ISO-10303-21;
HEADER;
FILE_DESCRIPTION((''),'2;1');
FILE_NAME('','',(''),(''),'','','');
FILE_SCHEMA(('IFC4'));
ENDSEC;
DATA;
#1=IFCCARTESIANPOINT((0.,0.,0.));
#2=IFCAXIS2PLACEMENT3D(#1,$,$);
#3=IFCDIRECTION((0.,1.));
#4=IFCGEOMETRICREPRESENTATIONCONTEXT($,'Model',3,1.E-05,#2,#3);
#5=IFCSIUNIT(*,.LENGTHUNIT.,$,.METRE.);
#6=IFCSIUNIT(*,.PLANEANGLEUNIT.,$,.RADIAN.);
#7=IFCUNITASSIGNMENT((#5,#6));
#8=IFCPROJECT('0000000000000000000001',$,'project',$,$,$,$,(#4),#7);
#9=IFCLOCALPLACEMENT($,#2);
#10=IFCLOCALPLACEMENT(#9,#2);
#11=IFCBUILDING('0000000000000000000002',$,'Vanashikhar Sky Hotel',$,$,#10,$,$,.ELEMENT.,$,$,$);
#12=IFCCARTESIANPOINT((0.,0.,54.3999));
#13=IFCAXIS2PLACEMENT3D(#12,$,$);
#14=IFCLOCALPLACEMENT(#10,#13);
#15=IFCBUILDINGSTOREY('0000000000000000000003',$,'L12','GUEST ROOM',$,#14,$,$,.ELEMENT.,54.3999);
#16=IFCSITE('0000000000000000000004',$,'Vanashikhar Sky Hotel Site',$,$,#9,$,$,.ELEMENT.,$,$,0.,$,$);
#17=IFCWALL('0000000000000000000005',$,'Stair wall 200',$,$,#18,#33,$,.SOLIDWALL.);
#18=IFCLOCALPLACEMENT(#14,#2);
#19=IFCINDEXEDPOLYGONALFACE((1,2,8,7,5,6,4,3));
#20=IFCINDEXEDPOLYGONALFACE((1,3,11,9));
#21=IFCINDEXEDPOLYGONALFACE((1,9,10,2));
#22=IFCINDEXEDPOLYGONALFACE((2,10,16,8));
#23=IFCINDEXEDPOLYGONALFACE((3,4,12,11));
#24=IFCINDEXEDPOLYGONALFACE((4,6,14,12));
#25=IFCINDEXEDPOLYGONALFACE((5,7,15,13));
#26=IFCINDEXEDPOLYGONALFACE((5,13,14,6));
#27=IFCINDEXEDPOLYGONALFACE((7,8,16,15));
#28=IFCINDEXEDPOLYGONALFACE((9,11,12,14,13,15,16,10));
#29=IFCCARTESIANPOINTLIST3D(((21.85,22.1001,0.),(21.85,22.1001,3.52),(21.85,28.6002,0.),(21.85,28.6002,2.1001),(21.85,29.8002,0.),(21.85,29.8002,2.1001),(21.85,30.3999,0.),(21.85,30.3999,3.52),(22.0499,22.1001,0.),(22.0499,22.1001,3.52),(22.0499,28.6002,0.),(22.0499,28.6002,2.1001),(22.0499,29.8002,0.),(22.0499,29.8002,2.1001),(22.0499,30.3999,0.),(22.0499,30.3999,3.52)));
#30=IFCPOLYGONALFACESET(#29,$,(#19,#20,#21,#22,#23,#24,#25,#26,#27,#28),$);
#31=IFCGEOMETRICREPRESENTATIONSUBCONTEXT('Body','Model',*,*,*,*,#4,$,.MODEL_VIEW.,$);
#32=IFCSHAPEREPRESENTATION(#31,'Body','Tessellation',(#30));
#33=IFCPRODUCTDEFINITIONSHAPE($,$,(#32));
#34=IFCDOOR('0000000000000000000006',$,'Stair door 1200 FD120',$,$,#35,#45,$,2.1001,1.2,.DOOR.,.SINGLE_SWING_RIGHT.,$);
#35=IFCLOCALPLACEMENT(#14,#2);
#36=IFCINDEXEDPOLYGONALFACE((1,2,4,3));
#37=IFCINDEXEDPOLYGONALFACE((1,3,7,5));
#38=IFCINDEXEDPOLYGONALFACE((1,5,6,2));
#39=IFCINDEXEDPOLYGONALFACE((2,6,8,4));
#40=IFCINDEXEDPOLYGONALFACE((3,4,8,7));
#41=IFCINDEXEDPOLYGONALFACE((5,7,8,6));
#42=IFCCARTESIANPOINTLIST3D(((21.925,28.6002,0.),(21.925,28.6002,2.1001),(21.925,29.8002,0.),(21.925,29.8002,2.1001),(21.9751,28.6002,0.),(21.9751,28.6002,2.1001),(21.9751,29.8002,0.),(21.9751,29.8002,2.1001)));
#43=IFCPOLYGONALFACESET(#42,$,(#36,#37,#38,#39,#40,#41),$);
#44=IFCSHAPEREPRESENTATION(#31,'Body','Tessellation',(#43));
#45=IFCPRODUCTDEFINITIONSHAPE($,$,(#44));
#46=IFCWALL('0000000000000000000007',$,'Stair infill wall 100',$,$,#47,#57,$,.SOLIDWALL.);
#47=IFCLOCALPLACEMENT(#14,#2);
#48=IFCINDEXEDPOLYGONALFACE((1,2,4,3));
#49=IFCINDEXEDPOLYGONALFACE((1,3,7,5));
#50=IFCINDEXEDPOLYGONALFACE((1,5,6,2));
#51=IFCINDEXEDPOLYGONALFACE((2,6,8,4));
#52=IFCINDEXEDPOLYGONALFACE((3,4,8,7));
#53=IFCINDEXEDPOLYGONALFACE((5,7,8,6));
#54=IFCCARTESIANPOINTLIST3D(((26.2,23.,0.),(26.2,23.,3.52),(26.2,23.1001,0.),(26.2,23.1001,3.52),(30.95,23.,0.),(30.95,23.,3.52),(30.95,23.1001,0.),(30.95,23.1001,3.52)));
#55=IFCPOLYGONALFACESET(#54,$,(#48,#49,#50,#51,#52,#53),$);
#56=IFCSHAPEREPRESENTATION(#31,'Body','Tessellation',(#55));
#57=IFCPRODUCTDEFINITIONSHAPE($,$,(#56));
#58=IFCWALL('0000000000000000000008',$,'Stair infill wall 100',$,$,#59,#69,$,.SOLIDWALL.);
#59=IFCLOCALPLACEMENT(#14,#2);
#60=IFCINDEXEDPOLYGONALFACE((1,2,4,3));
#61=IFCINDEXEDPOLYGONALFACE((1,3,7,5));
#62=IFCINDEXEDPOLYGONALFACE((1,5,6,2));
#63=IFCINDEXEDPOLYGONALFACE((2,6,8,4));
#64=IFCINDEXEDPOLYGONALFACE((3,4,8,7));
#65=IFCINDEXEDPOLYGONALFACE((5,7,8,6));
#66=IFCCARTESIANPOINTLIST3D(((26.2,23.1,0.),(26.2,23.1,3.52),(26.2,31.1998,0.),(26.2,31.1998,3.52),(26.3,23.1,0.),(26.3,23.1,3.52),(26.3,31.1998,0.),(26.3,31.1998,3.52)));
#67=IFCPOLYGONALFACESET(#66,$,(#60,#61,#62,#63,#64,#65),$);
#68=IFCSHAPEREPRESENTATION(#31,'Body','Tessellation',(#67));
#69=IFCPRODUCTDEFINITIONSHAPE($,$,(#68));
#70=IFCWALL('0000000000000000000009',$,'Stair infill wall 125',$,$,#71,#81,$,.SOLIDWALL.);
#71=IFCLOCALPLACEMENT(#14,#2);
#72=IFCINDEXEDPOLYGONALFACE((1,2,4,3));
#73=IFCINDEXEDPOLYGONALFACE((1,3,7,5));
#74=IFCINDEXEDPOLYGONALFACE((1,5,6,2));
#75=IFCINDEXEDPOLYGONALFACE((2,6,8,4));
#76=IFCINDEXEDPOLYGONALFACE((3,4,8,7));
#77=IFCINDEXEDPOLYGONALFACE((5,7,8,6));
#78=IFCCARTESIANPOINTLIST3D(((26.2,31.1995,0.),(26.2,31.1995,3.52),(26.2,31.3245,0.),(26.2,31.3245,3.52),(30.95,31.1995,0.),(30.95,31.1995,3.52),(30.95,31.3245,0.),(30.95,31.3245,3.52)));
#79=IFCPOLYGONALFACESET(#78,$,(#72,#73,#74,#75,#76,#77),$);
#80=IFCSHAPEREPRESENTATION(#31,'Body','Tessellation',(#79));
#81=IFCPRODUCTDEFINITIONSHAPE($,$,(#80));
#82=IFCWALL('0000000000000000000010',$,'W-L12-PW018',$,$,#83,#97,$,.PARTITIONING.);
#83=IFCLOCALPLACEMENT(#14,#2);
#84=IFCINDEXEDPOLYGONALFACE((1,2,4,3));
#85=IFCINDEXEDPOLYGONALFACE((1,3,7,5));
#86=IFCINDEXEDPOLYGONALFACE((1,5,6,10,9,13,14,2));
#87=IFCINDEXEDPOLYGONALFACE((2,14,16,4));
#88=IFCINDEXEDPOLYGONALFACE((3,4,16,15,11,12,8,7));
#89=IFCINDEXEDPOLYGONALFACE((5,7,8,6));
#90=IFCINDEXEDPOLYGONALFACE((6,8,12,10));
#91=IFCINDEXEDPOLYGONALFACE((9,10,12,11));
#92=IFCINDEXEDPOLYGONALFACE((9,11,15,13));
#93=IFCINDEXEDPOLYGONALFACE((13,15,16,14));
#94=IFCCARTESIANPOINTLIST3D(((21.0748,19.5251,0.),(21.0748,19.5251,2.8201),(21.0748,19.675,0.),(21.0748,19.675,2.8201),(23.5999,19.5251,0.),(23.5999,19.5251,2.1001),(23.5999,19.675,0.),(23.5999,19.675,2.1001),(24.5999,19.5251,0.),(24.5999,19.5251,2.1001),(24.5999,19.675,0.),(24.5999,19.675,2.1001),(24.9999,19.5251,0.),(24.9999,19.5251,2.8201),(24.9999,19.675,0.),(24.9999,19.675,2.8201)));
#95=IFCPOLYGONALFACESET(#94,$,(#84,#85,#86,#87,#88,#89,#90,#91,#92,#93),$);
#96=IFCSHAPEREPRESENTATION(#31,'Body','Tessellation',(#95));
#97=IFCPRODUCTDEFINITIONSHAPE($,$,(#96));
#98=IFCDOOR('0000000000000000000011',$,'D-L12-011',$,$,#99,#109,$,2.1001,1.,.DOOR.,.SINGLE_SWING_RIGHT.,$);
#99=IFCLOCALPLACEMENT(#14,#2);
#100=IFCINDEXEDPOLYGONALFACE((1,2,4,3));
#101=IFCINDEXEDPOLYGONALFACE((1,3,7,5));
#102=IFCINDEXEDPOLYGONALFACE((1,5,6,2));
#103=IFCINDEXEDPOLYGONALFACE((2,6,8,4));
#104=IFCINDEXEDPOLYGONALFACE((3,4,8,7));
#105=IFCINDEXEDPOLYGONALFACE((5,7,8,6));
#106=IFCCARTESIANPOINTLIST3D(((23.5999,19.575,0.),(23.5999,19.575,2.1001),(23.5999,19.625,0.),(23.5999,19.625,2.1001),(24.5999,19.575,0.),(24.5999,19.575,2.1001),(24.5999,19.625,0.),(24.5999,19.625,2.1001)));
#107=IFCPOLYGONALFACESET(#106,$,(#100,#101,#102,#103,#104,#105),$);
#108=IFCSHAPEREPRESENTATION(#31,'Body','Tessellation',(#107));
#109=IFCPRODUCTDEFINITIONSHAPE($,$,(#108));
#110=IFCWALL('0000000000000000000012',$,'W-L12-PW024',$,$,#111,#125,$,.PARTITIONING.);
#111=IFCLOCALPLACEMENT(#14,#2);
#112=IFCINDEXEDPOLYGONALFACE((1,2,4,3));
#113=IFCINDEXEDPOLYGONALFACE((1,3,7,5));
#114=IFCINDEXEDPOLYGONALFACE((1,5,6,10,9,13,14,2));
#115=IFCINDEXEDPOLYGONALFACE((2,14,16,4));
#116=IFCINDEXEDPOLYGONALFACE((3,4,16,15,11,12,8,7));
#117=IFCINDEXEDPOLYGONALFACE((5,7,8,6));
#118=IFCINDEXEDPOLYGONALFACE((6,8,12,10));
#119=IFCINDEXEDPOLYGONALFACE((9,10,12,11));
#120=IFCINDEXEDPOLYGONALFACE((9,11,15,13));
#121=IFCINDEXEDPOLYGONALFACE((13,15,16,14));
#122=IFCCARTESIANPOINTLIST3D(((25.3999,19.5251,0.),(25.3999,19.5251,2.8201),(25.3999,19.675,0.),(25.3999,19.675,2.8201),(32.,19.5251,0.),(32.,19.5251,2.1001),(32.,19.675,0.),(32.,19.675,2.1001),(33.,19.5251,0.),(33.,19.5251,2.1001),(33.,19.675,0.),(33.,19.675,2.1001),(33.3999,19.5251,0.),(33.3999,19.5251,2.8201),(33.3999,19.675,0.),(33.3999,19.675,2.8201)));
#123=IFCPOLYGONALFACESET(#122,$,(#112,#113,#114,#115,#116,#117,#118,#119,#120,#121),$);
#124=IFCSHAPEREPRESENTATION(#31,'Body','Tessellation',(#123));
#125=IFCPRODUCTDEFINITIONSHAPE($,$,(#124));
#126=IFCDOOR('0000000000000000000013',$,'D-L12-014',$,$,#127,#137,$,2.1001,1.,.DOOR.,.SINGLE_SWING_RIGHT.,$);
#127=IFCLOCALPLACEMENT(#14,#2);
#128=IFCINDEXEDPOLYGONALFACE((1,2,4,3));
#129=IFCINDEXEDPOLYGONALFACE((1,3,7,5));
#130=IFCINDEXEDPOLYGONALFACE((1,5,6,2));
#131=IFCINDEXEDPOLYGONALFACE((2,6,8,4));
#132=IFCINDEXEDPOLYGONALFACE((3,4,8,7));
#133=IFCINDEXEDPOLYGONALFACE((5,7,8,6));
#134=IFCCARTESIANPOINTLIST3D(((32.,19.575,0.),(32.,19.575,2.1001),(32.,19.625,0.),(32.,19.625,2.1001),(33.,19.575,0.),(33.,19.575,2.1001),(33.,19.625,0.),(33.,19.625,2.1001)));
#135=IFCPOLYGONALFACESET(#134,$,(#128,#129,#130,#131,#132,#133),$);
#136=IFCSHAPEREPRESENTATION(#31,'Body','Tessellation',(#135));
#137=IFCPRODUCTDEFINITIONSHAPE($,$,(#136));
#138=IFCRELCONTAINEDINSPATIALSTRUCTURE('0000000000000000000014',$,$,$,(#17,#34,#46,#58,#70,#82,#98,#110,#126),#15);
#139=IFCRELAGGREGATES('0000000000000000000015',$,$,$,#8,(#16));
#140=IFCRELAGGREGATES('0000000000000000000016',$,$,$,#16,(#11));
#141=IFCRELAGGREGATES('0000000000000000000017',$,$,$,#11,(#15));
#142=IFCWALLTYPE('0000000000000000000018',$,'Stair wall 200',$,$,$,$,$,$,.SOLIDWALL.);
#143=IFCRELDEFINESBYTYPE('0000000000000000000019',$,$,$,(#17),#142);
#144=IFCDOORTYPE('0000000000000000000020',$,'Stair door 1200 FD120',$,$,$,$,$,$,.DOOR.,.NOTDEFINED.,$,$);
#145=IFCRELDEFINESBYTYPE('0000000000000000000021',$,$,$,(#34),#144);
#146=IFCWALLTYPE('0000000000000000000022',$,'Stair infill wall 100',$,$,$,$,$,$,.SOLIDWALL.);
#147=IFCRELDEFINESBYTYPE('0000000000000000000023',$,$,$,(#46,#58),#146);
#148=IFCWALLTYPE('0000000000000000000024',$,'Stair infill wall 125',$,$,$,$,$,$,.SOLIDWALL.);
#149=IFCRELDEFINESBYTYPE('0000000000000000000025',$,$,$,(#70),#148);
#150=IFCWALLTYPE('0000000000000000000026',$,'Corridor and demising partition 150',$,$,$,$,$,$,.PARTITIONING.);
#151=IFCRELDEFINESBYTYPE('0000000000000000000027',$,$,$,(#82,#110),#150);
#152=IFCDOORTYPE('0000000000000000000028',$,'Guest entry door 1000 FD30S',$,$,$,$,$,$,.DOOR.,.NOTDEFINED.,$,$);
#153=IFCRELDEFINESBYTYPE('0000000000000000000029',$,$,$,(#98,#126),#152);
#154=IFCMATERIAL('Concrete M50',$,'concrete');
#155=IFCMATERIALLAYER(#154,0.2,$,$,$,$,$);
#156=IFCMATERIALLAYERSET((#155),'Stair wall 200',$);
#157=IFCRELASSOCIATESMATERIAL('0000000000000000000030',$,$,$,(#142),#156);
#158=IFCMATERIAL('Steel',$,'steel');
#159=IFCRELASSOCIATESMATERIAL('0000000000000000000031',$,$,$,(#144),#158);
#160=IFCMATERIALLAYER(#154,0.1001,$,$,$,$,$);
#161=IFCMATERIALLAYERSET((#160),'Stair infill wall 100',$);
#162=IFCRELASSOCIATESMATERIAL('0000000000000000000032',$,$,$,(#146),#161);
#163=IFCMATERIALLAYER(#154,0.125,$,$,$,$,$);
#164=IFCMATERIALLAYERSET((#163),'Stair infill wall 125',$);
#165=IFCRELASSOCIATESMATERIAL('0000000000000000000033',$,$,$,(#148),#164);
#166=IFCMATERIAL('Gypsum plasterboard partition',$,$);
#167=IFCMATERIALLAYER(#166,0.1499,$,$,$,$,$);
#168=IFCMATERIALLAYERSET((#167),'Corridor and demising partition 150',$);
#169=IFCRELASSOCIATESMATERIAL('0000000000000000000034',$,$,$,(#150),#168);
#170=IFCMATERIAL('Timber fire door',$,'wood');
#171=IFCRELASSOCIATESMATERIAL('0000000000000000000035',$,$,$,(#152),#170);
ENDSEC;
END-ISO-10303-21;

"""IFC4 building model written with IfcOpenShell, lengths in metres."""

from ifc_helpers import new_model, si_unit, direction, frame, frame_2d, origin, place, context, subcontext, project, spatial, rectangle, extrude, source, transform, mapped, material, layer, layer_set, type_object, element, fill, save


model = new_model("IFC4")

# Units and contexts
model_context = context("Model", 3, precision=1e-05, world=origin(), true_north=direction((0.0, 1.0)))
body_context = subcontext(model_context, "Body", "Model", "MODEL_VIEW")
ifc_project = project(units=[si_unit("LENGTHUNIT", "METRE"), si_unit("PLANEANGLEUNIT", "RADIAN")], contexts=[model_context])

# Site, building, storey
site_placement = place(None, origin())
site = spatial("IfcSite", under=ifc_project, at=site_placement, Name="Vanashikhar Sky Hotel Site", CompositionType="ELEMENT", RefElevation=0.0)
building_placement = place(site_placement, origin())
building = spatial("IfcBuilding", under=site, at=building_placement, Name="Vanashikhar Sky Hotel", CompositionType="ELEMENT")
storey_placement = place(building_placement, frame((0.0, 0.0, 54.3999)))
storey = spatial("IfcBuildingStorey", under=building, at=storey_placement, Name="L12", Description="GUEST ROOM", CompositionType="ELEMENT", Elevation=54.3999)

# Shared definitions
ifc_material_1 = material(Name="Steel", Category="steel")

# Wall, opening, door
ifc_material_2 = material(Name="Concrete M50", Category="concrete")
ifc_layer_1 = layer(ifc_material_2, 0.2)
ifc_layer_set_1 = layer_set([ifc_layer_1], Name="Stair wall 200")
wall_type_1 = type_object("IfcWallType", Name="Stair wall 200", PredefinedType="SOLIDWALL", material=ifc_layer_set_1)
shared_shape_1 = source(origin(), body_context, "Body", "SweptSolid", [
    extrude(rectangle(XDim=8.2998, YDim=0.2, at=frame_2d((4.1499, 0.0))), origin(), (0.0, 0.0, 1.0), 3.52),
])
wall_1_placement = place(storey_placement, frame((21.95, 22.1001, 0.0), z_axis=(0.0, 0.0, 1.0), x_axis=(0.0, 1.0, 0.0)))
wall_1 = element("IfcWall", 1, at=wall_1_placement, inside=storey, type_object=wall_type_1, Name="Stair wall 200", PredefinedType="SOLIDWALL", context=body_context, shape_type="MappedRepresentation", body=[
    mapped(shared_shape_1, transform((0.0, 0.0, 0.0), scale=1.0)),
])
shared_shape_2 = source(origin(), body_context, "Body", "SweptSolid", [
    extrude(rectangle(XDim=1.2, YDim=2.1001, at=frame_2d((0.6001, 1.05))), frame((0.0, 0.1099, 0.0), z_axis=(0.0, -1.0, 0.0), x_axis=(1.0, 0.0, 0.0)), (0.0, 0.0, 1.0), 0.22),
])
opening_1_placement = place(wall_1_placement, frame((6.5, 0.0, 0.0)))
opening_1 = element("IfcOpeningElement", 2, at=opening_1_placement, cuts=wall_1, PredefinedType="OPENING", context=body_context, shape_type="MappedRepresentation", body=[
    mapped(shared_shape_2, transform((0.0, 0.0, 0.0), scale=1.0)),
])
door_type_1 = type_object("IfcDoorType", Name="Stair door 1200 FD120", OperationType="NOTDEFINED", PredefinedType="DOOR", material=ifc_material_1)
shared_shape_3 = source(origin(), body_context, "Body", "SweptSolid", [
    extrude(rectangle(XDim=1.2, YDim=2.1001, at=frame_2d((0.6001, 1.05))), frame((0.0, 0.0249, 0.0), z_axis=(0.0, -1.0, 0.0), x_axis=(1.0, 0.0, 0.0)), (0.0, 0.0, 1.0), 0.05),
])
door_1_placement = place(opening_1_placement, origin())
door_1 = element("IfcDoor", 3, at=door_1_placement, inside=storey, type_object=door_type_1, Name="Stair door 1200 FD120", OperationType="SINGLE_SWING_RIGHT", OverallHeight=2.1001, OverallWidth=1.2, PredefinedType="DOOR", context=body_context, shape_type="MappedRepresentation", body=[
    mapped(shared_shape_3, transform((0.0, 0.0, 0.0), scale=1.0)),
])
fill(opening_1, door_1)

# Walls
ifc_layer_2 = layer(ifc_material_2, 0.1001)
ifc_layer_set_2 = layer_set([ifc_layer_2], Name="Stair infill wall 100")
wall_type_2 = type_object("IfcWallType", Name="Stair infill wall 100", PredefinedType="SOLIDWALL", material=ifc_layer_set_2)
shared_shape_4 = source(origin(), body_context, "Body", "SweptSolid", [
    extrude(rectangle(XDim=4.75, YDim=0.1001, at=frame_2d((2.375, 0.0))), origin(), (0.0, 0.0, 1.0), 3.52),
])
wall_2_placement = place(storey_placement, frame((26.2, 23.05, 0.0), z_axis=(0.0, 0.0, 1.0), x_axis=(1.0, 0.0, 0.0)))
element("IfcWall", 4, at=wall_2_placement, inside=storey, type_object=wall_type_2, Name="Stair infill wall 100", PredefinedType="SOLIDWALL", context=body_context, shape_type="MappedRepresentation", body=[
    mapped(shared_shape_4, transform((0.0, 0.0, 0.0), scale=1.0)),
])
shared_shape_5 = source(origin(), body_context, "Body", "SweptSolid", [
    extrude(rectangle(XDim=8.0999, YDim=0.1001, at=frame_2d((4.0498, 0.0))), origin(), (0.0, 0.0, 1.0), 3.52),
])
wall_3_placement = place(storey_placement, frame((26.25, 23.1001, 0.0), z_axis=(0.0, 0.0, 1.0), x_axis=(0.0, 1.0, 0.0)))
element("IfcWall", 5, at=wall_3_placement, inside=storey, type_object=wall_type_2, Name="Stair infill wall 100", PredefinedType="SOLIDWALL", context=body_context, shape_type="MappedRepresentation", body=[
    mapped(shared_shape_5, transform((0.0, 0.0, 0.0), scale=1.0)),
])
ifc_layer_3 = layer(ifc_material_2, 0.125)
ifc_layer_set_3 = layer_set([ifc_layer_3], Name="Stair infill wall 125")
wall_type_3 = type_object("IfcWallType", Name="Stair infill wall 125", PredefinedType="SOLIDWALL", material=ifc_layer_set_3)
shared_shape_6 = source(origin(), body_context, "Body", "SweptSolid", [
    extrude(rectangle(XDim=4.75, YDim=0.125, at=frame_2d((2.375, 0.0))), origin(), (0.0, 0.0, 1.0), 3.52),
])
wall_4_placement = place(storey_placement, frame((26.2, 31.262, 0.0), z_axis=(0.0, 0.0, 1.0), x_axis=(1.0, 0.0, 0.0)))
element("IfcWall", 6, at=wall_4_placement, inside=storey, type_object=wall_type_3, Name="Stair infill wall 125", PredefinedType="SOLIDWALL", context=body_context, shape_type="MappedRepresentation", body=[
    mapped(shared_shape_6, transform((0.0, 0.0, 0.0), scale=1.0)),
])

# Walls, openings, doors
ifc_material_3 = material(Name="Gypsum plasterboard partition")
ifc_layer_4 = layer(ifc_material_3, 0.1499)
ifc_layer_set_4 = layer_set([ifc_layer_4], Name="Corridor and demising partition 150")
wall_type_4 = type_object("IfcWallType", Name="Corridor and demising partition 150", PredefinedType="PARTITIONING", material=ifc_layer_set_4)
shared_shape_7 = source(origin(), body_context, "Body", "SweptSolid", [
    extrude(rectangle(XDim=3.925, YDim=0.1499, at=frame_2d((1.9624, 0.0))), origin(), (0.0, 0.0, 1.0), 2.8201),
])
wall_5_placement = place(storey_placement, frame((21.075, 19.6001, 0.0), z_axis=(0.0, 0.0, 1.0), x_axis=(1.0, 0.0, 0.0)))
wall_5 = element("IfcWall", 7, at=wall_5_placement, inside=storey, type_object=wall_type_4, Name="W-L12-PW018", PredefinedType="PARTITIONING", context=body_context, shape_type="MappedRepresentation", body=[
    mapped(shared_shape_7, transform((0.0, 0.0, 0.0), scale=1.0)),
])
shared_shape_8 = source(origin(), body_context, "Body", "SweptSolid", [
    extrude(rectangle(XDim=1.0, YDim=2.1001, at=frame_2d((0.5, 1.05))), frame((0.0, 0.085, 0.0), z_axis=(0.0, -1.0, 0.0), x_axis=(1.0, 0.0, 0.0)), (0.0, 0.0, 1.0), 0.1699),
])
opening_2_placement = place(wall_5_placement, frame((2.5249, 0.0, 0.0)))
opening_2 = element("IfcOpeningElement", 8, at=opening_2_placement, cuts=wall_5, PredefinedType="OPENING", context=body_context, shape_type="MappedRepresentation", body=[
    mapped(shared_shape_8, transform((0.0, 0.0, 0.0), scale=1.0)),
])
ifc_material_4 = material(Name="Timber fire door", Category="wood")
door_type_2 = type_object("IfcDoorType", Name="Guest entry door 1000 FD30S", OperationType="NOTDEFINED", PredefinedType="DOOR", material=ifc_material_4)
shared_shape_9 = source(origin(), body_context, "Body", "SweptSolid", [
    extrude(rectangle(XDim=1.0, YDim=2.1001, at=frame_2d((0.5, 1.05))), frame((0.0, 0.0249, 0.0), z_axis=(0.0, -1.0, 0.0), x_axis=(1.0, 0.0, 0.0)), (0.0, 0.0, 1.0), 0.05),
])
door_2_placement = place(opening_2_placement, origin())
door_2 = element("IfcDoor", 9, at=door_2_placement, inside=storey, type_object=door_type_2, Name="D-L12-011", OperationType="SINGLE_SWING_RIGHT", OverallHeight=2.1001, OverallWidth=1.0, PredefinedType="DOOR", context=body_context, shape_type="MappedRepresentation", body=[
    mapped(shared_shape_9, transform((0.0, 0.0, 0.0), scale=1.0)),
])
fill(opening_2, door_2)
shared_shape_10 = source(origin(), body_context, "Body", "SweptSolid", [
    extrude(rectangle(XDim=8.0, YDim=0.1499, at=frame_2d((4.0, 0.0))), origin(), (0.0, 0.0, 1.0), 2.8201),
])
wall_6_placement = place(storey_placement, frame((25.3999, 19.6001, 0.0), z_axis=(0.0, 0.0, 1.0), x_axis=(1.0, 0.0, 0.0)))
wall_6 = element("IfcWall", 10, at=wall_6_placement, inside=storey, type_object=wall_type_4, Name="W-L12-PW024", PredefinedType="PARTITIONING", context=body_context, shape_type="MappedRepresentation", body=[
    mapped(shared_shape_10, transform((0.0, 0.0, 0.0), scale=1.0)),
])
opening_3_placement = place(wall_6_placement, frame((6.6001, 0.0, 0.0)))
opening_3 = element("IfcOpeningElement", 11, at=opening_3_placement, cuts=wall_6, PredefinedType="OPENING", context=body_context, shape_type="MappedRepresentation", body=[
    mapped(shared_shape_8, transform((0.0, 0.0, 0.0), scale=1.0)),
])
door_3_placement = place(opening_3_placement, origin())
door_3 = element("IfcDoor", 12, at=door_3_placement, inside=storey, type_object=door_type_2, Name="D-L12-014", OperationType="SINGLE_SWING_RIGHT", OverallHeight=2.1001, OverallWidth=1.0, PredefinedType="DOOR", context=body_context, shape_type="MappedRepresentation", body=[
    mapped(shared_shape_9, transform((0.0, 0.0, 0.0), scale=1.0)),
])
fill(opening_3, door_3)

save(model, "model.ifc")
